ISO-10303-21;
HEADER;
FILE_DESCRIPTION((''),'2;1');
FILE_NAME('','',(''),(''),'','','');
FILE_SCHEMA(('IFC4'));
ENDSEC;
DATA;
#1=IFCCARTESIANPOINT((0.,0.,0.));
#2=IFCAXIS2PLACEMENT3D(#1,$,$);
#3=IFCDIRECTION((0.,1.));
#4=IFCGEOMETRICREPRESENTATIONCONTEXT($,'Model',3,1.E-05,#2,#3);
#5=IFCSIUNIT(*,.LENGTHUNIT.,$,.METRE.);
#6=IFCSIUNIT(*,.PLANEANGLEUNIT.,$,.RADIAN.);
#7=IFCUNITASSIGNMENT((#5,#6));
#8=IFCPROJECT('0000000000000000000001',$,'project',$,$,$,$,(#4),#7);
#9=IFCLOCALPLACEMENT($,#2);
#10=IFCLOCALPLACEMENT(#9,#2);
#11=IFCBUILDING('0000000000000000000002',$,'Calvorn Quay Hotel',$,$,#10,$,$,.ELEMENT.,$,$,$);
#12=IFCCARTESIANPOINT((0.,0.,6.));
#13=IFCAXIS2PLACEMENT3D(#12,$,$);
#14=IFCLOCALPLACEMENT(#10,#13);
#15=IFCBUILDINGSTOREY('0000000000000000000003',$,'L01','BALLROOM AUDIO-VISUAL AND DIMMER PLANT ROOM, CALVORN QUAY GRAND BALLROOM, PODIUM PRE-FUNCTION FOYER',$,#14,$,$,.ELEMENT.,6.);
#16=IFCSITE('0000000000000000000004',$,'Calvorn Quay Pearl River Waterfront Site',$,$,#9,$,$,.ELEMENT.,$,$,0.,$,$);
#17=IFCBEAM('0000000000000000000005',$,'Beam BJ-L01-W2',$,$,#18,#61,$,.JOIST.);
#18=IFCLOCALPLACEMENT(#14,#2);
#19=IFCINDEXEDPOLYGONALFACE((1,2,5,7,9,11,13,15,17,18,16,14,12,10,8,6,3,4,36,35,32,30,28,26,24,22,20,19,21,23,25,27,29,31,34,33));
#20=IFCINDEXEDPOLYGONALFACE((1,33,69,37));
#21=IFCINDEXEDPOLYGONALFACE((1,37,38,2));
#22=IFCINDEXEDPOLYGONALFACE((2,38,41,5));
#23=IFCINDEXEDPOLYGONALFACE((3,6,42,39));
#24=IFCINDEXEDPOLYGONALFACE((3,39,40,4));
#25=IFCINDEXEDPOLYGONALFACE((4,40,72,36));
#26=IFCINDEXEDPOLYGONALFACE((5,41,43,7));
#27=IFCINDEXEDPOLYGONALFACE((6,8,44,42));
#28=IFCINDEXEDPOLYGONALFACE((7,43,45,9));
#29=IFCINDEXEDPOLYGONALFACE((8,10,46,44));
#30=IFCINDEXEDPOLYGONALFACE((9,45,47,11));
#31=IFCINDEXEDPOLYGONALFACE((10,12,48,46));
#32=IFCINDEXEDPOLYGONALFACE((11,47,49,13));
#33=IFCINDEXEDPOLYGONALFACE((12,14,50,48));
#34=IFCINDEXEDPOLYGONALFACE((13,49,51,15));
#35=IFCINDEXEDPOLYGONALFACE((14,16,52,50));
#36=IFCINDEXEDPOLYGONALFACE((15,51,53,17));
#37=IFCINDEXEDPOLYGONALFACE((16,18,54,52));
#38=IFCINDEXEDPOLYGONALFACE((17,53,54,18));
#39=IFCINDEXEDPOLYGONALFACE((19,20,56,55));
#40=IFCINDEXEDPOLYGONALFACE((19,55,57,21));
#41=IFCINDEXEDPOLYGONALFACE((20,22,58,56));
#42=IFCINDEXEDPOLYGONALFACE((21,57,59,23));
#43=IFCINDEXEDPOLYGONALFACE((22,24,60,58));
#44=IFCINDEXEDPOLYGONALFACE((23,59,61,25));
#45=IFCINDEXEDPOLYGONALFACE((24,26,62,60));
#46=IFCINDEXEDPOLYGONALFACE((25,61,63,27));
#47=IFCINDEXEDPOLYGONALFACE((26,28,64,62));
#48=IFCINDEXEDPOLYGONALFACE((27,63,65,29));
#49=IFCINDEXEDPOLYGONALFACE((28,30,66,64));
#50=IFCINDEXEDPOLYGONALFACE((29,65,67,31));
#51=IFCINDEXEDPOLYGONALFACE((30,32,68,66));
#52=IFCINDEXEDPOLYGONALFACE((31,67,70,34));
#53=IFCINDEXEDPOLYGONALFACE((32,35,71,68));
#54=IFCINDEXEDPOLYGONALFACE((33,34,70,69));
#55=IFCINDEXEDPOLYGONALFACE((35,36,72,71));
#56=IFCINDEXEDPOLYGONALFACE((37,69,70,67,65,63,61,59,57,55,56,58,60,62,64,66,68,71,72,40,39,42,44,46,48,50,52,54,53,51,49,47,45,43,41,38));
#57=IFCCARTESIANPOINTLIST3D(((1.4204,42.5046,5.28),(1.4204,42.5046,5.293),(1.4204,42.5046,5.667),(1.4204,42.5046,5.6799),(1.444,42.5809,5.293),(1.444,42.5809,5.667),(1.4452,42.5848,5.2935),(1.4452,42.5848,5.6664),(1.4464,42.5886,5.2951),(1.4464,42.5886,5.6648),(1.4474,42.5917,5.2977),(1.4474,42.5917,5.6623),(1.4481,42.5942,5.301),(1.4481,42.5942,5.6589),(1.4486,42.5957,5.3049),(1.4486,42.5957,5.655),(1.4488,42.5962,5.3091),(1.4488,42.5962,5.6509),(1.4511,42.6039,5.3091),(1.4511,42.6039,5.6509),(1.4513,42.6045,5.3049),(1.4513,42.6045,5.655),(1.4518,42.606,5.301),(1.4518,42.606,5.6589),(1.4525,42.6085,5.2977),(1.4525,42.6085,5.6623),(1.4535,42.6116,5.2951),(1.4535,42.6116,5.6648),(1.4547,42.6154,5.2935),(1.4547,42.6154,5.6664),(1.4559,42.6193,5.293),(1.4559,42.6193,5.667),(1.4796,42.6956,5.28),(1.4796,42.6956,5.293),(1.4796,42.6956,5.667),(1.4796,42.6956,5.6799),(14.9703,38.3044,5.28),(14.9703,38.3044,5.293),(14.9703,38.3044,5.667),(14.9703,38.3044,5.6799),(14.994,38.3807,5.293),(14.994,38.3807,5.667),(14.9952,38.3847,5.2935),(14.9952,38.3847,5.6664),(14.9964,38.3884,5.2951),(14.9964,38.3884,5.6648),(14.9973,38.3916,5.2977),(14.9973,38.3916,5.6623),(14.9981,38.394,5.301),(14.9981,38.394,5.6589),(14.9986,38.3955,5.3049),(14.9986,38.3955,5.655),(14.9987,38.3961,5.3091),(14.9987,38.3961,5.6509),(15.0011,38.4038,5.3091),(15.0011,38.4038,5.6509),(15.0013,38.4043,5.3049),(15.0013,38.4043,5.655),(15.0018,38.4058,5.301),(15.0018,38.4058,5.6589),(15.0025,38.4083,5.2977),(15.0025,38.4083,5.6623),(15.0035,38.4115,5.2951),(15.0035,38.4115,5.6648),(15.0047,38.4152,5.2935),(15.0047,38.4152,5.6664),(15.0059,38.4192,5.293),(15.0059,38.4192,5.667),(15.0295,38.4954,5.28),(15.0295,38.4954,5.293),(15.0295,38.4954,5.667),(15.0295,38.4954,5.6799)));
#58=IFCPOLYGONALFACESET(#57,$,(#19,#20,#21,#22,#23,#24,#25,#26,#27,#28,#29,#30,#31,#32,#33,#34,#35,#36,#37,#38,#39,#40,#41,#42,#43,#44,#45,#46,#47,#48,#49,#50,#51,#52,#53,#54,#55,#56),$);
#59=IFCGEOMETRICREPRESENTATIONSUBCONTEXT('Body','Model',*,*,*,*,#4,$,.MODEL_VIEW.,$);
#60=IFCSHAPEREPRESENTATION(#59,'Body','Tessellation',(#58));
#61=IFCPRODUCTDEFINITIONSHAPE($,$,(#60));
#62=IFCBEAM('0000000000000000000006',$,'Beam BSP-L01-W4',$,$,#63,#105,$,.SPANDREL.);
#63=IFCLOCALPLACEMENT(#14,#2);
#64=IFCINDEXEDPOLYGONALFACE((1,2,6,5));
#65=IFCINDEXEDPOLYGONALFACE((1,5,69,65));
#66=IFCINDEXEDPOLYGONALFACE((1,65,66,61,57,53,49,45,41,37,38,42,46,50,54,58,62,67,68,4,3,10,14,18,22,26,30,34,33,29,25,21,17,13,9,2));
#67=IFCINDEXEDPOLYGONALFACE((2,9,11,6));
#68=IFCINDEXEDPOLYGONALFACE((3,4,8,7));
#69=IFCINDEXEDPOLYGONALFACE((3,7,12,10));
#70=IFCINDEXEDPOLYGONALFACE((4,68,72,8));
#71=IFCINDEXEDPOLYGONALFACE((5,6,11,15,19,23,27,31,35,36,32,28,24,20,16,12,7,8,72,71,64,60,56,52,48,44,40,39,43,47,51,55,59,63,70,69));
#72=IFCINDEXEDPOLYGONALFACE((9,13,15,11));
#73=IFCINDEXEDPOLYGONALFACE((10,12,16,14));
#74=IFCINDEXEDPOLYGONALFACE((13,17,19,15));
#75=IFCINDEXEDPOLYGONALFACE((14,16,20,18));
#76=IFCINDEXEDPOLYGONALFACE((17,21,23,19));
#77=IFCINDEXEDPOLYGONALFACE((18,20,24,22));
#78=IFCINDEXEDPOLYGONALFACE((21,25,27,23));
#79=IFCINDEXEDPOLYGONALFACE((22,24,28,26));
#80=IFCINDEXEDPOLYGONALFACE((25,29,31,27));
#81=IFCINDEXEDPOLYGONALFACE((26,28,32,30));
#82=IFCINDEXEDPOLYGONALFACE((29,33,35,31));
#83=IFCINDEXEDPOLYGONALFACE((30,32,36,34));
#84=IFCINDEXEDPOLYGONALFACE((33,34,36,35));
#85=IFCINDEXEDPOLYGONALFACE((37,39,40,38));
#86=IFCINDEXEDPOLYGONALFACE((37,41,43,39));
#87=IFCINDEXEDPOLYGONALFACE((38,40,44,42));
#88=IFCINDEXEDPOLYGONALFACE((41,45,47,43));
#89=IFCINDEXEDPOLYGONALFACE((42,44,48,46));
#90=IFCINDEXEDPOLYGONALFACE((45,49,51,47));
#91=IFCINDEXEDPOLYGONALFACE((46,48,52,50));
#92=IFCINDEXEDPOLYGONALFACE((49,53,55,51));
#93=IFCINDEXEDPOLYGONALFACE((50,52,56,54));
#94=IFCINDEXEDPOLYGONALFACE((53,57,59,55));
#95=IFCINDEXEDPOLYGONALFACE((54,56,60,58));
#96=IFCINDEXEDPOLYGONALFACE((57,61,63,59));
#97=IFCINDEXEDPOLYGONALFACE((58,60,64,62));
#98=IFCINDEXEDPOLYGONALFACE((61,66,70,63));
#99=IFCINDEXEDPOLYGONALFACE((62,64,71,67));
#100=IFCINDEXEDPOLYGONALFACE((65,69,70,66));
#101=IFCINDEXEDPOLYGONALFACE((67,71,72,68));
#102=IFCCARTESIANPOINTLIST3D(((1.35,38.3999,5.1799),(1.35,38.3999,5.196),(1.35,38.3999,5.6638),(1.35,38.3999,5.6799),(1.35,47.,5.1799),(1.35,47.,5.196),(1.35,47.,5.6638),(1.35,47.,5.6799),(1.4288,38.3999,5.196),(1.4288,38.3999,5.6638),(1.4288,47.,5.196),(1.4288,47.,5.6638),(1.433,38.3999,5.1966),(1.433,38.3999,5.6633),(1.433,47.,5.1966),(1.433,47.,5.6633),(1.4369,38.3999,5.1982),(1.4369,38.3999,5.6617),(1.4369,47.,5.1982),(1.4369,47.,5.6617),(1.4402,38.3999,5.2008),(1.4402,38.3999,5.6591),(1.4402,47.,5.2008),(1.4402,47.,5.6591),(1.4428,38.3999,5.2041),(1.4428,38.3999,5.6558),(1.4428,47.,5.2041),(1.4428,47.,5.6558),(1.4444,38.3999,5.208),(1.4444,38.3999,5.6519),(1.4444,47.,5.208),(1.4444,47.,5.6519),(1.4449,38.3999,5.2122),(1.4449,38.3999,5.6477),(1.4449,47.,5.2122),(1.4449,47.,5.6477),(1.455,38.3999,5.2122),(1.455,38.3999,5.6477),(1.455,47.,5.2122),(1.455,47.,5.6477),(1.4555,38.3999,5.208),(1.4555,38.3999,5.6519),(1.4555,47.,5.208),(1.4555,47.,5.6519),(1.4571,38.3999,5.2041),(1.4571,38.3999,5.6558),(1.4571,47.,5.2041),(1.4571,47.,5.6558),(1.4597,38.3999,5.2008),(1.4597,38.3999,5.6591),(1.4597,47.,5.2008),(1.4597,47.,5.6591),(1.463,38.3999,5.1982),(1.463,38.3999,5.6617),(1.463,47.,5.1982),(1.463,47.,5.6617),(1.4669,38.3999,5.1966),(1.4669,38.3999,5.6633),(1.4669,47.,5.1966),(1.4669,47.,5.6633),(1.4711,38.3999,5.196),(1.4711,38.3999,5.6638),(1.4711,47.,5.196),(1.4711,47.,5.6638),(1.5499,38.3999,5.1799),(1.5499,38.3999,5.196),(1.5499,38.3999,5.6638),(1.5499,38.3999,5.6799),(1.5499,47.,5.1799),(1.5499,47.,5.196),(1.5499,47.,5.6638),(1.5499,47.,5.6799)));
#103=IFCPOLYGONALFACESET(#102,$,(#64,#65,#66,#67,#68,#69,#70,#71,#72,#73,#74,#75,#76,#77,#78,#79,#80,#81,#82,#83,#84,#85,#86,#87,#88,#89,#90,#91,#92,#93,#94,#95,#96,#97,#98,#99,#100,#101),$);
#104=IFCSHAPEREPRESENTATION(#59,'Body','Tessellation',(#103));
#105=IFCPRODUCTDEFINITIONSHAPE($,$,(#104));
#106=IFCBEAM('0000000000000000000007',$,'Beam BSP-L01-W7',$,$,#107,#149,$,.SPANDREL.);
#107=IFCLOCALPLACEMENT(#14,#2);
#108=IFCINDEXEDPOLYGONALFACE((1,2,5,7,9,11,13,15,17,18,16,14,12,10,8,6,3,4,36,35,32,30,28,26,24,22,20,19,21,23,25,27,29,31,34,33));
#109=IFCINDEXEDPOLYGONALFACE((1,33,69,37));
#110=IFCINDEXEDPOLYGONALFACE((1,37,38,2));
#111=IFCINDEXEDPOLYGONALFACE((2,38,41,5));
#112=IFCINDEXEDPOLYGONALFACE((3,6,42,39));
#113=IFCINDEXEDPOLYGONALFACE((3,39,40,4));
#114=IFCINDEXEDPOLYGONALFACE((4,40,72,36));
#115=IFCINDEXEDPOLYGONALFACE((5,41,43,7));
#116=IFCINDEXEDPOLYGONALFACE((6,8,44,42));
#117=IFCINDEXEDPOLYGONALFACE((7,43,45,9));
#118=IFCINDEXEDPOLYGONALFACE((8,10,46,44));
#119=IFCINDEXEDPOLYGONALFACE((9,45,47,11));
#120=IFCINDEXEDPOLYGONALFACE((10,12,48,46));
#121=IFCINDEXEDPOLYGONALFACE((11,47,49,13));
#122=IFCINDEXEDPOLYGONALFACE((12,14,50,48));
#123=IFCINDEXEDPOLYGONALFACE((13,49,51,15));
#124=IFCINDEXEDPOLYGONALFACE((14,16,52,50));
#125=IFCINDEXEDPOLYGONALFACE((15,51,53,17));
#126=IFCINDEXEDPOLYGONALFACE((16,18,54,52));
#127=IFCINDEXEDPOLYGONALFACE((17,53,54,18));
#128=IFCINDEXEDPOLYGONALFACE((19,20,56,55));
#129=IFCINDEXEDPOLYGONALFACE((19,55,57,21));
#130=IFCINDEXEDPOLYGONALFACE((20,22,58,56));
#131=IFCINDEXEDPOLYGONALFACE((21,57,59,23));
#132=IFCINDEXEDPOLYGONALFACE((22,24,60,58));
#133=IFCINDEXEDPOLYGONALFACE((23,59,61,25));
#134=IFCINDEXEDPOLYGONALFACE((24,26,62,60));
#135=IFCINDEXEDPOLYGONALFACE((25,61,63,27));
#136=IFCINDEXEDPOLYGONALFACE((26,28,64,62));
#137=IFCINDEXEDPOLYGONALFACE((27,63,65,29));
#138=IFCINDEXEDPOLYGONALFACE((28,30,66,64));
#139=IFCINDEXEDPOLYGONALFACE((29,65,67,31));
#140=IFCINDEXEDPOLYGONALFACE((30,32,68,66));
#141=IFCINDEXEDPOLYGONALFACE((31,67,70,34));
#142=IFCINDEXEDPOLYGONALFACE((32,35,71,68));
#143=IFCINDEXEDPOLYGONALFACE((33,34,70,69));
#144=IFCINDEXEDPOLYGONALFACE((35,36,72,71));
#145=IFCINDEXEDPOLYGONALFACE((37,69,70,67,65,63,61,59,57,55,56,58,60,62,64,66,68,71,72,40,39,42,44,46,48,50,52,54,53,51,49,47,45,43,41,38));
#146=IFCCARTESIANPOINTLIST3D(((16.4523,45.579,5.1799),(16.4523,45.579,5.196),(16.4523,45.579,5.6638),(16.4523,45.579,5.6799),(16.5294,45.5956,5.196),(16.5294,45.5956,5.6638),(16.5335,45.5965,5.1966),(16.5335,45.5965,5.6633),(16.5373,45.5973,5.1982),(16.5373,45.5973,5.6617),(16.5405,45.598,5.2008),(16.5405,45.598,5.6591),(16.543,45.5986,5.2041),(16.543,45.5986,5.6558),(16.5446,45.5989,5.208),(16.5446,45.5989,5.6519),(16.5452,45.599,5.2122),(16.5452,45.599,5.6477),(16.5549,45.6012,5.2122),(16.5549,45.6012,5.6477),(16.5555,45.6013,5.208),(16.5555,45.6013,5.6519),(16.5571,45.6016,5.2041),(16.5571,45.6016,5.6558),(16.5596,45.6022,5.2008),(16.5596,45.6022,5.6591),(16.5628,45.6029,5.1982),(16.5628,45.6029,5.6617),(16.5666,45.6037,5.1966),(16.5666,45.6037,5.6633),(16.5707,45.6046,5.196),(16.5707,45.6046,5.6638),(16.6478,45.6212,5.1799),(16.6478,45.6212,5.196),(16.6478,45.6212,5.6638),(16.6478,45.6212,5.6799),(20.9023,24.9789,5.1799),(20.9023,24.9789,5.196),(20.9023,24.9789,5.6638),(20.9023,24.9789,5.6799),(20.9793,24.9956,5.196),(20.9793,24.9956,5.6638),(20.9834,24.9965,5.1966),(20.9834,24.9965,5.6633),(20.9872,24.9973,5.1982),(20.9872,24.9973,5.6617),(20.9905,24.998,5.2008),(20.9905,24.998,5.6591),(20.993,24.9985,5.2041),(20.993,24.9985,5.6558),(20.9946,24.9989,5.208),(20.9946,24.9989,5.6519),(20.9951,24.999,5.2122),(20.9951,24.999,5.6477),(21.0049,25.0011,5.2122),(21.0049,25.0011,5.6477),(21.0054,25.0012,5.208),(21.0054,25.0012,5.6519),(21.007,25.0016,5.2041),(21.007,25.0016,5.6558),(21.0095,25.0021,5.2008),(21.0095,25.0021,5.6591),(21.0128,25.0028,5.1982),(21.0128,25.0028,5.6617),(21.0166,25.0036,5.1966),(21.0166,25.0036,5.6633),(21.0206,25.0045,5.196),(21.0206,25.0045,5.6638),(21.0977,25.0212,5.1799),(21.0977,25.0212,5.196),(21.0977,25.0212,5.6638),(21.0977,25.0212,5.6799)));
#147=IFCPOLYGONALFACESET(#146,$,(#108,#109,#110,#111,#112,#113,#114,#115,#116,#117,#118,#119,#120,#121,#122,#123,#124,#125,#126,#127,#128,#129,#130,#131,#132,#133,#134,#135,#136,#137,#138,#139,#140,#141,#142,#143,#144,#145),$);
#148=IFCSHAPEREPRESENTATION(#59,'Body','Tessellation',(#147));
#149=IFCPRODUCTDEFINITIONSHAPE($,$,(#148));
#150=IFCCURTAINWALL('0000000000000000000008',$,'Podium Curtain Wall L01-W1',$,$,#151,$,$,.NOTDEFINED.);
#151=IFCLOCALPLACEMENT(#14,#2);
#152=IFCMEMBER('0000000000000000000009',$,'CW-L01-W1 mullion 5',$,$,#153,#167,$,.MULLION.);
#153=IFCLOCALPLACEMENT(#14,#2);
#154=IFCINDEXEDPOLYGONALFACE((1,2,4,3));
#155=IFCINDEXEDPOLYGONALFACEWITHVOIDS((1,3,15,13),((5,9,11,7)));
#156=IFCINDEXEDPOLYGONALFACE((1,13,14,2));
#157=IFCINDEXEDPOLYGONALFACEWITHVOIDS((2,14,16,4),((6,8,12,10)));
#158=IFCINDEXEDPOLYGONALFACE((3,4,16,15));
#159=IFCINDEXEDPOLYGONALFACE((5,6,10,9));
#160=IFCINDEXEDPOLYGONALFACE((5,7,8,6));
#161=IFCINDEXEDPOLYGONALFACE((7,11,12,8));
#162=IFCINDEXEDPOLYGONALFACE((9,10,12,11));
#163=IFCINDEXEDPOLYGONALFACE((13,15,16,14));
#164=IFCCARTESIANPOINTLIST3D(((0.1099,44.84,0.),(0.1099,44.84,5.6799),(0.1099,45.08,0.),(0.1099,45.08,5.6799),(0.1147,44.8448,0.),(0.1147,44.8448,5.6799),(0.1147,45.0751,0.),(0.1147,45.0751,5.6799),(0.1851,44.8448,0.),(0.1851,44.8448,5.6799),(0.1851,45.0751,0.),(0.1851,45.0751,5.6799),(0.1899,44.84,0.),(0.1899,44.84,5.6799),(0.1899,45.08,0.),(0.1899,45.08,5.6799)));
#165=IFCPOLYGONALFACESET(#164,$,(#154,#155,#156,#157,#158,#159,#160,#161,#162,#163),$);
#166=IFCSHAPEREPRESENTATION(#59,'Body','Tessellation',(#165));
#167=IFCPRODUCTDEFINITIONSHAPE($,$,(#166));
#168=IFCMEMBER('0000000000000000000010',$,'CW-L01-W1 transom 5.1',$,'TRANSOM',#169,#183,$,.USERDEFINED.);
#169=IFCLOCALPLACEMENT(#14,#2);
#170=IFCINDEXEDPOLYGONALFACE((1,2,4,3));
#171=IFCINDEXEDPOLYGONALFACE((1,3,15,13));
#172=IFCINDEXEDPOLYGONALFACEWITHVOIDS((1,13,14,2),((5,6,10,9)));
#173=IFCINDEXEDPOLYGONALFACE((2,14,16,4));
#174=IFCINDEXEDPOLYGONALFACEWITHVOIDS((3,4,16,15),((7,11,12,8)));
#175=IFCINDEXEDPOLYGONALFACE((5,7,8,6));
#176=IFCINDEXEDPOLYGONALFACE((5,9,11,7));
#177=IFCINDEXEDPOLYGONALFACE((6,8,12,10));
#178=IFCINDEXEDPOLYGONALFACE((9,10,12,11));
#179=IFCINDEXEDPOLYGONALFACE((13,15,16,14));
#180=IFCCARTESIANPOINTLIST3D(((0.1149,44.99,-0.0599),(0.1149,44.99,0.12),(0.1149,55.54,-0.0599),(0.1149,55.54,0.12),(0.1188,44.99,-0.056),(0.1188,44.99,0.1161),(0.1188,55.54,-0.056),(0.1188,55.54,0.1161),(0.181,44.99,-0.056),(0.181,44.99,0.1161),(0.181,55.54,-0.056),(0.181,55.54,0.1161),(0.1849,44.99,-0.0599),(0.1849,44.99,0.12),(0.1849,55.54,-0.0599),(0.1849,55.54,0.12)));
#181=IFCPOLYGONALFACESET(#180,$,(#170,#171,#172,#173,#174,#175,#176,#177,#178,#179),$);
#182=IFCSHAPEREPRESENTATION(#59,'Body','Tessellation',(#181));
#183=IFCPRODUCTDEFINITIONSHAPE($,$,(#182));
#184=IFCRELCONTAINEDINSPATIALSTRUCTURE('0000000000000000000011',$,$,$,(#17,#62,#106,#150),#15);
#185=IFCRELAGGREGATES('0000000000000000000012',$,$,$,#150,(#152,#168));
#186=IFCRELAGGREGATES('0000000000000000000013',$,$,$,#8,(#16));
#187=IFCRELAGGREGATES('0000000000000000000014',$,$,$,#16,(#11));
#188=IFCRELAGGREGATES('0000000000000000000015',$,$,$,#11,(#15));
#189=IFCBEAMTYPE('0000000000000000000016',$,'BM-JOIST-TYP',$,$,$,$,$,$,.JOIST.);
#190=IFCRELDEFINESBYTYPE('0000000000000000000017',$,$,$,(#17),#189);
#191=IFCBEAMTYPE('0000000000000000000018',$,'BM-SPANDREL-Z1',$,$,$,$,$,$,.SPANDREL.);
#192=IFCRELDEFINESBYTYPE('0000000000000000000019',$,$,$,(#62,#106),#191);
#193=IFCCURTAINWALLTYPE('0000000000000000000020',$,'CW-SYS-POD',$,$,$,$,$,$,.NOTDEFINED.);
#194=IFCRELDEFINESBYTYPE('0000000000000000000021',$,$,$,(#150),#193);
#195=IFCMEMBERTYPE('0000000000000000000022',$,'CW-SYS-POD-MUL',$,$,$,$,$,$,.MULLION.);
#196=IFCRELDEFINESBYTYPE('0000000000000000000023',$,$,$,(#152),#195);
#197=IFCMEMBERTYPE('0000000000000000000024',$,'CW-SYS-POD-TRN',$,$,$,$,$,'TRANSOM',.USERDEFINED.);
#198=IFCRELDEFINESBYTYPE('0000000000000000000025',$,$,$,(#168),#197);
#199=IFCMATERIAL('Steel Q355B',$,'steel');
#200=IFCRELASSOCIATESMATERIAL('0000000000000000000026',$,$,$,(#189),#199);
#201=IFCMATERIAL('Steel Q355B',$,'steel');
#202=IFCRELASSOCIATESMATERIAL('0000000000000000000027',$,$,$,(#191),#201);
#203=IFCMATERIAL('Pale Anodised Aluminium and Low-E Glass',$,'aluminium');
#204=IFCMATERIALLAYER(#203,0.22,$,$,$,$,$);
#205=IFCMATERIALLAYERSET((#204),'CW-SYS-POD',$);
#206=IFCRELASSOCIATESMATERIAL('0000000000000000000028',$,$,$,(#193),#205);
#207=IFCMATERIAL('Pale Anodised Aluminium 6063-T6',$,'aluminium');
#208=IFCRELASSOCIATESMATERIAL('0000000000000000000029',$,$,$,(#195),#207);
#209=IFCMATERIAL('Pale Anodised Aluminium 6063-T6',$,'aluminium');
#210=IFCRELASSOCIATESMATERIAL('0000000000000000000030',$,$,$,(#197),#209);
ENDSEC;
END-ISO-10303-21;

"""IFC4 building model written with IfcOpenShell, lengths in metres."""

from ifc_helpers import new_model, si_unit, direction, frame, origin, origin_2d, place, context, subcontext, project, spatial, hollow_rectangle, i_section, extrude, material, layer, layer_set, material_profile, profile_set, type_object, element, aggregate, save


model = new_model("IFC4")

# Units and contexts
model_context = context("Model", 3, precision=1e-05, world=origin(), true_north=direction((0.0, 1.0)))
body_context = subcontext(model_context, "Body", "Model", "MODEL_VIEW")
ifc_project = project(units=[si_unit("LENGTHUNIT", "METRE"), si_unit("PLANEANGLEUNIT", "RADIAN")], contexts=[model_context])

# Site, building, storey
site_placement = place(None, origin())
site = spatial("IfcSite", under=ifc_project, at=site_placement, Name="Calvorn Quay Pearl River Waterfront Site", CompositionType="ELEMENT", RefElevation=0.0)
building_placement = place(site_placement, origin())
building = spatial("IfcBuilding", under=site, at=building_placement, Name="Calvorn Quay Hotel", CompositionType="ELEMENT")
storey_placement = place(building_placement, frame((0.0, 0.0, 6.0)))
storey = spatial("IfcBuildingStorey", under=building, at=storey_placement, Name="L01", Description="BALLROOM AUDIO-VISUAL AND DIMMER PLANT ROOM, CALVORN QUAY GRAND BALLROOM, PODIUM PRE-FUNCTION FOYER", CompositionType="ELEMENT", Elevation=6.0)

# Beams
ifc_material_1 = material(Name="Steel Q355B", Category="steel")
ifc_material_profile_1 = material_profile(ifc_material_1, i_section(OverallWidth=0.2, OverallDepth=0.3999, WebThickness=0.0081, FlangeThickness=0.0129, FilletRadius=0.0161, at=origin_2d()), Name="HN400x200x8x13")
ifc_profile_set_1 = profile_set([ifc_material_profile_1], Name="Steel Q355B")
beam_type_1 = type_object("IfcBeamType", Name="BM-JOIST-TYP", PredefinedType="JOIST", material=ifc_profile_set_1)
beam_1_placement = place(storey_placement, frame((1.45, 42.6001, 5.48), z_axis=(0.955164, -0.296078, 0.0), x_axis=(0.296078, 0.955164, 0.0)))
element("IfcBeam", 1, at=beam_1_placement, inside=storey, type_object=beam_type_1, Name="Beam BJ-L01-W2", PredefinedType="JOIST", context=body_context, shape_type="SweptSolid", body=[
    extrude(i_section(OverallWidth=0.2, OverallDepth=0.3999, WebThickness=0.0081, FlangeThickness=0.0129, FilletRadius=0.0161, at=origin_2d()), origin(), (0.0, 0.0, 1.0), 14.186),
])
ifc_material_2 = material(Name="Steel Q355B", Category="steel")
ifc_material_profile_2 = material_profile(ifc_material_2, i_section(OverallWidth=0.2, OverallDepth=0.5, WebThickness=0.01, FlangeThickness=0.0161, FilletRadius=0.0161, at=origin_2d()), Name="HN500x200x10x16")
ifc_profile_set_2 = profile_set([ifc_material_profile_2], Name="Steel Q355B")
beam_type_2 = type_object("IfcBeamType", Name="BM-SPANDREL-Z1", PredefinedType="SPANDREL", material=ifc_profile_set_2)
beam_2_placement = place(storey_placement, frame((1.45, 38.3999, 5.4299), z_axis=(0.0, 1.0, 0.0), x_axis=(-1.0, 0.0, 0.0)))
element("IfcBeam", 2, at=beam_2_placement, inside=storey, type_object=beam_type_2, Name="Beam BSP-L01-W4", PredefinedType="SPANDREL", context=body_context, shape_type="SweptSolid", body=[
    extrude(i_section(OverallWidth=0.2, OverallDepth=0.5, WebThickness=0.01, FlangeThickness=0.0161, FilletRadius=0.0161, at=origin_2d()), origin(), (0.0, 0.0, 1.0), 8.6001),
])
beam_3_placement = place(storey_placement, frame((16.55, 45.6001, 5.4299), z_axis=(0.211146, -0.977455, 0.0), x_axis=(0.977455, 0.211146, 0.0)))
element("IfcBeam", 3, at=beam_3_placement, inside=storey, type_object=beam_type_2, Name="Beam BSP-L01-W7", PredefinedType="SPANDREL", context=body_context, shape_type="SweptSolid", body=[
    extrude(i_section(OverallWidth=0.2, OverallDepth=0.5, WebThickness=0.01, FlangeThickness=0.0161, FilletRadius=0.0161, at=origin_2d()), origin(), (0.0, 0.0, 1.0), 21.0752),
])

# Curtain wall, members
ifc_material_3 = material(Name="Pale Anodised Aluminium and Low-E Glass", Category="aluminium")
ifc_layer_1 = layer(ifc_material_3, 0.22)
ifc_layer_set_1 = layer_set([ifc_layer_1], Name="CW-SYS-POD")
curtain_wall_type = type_object("IfcCurtainWallType", Name="CW-SYS-POD", PredefinedType="NOTDEFINED", material=ifc_layer_set_1)
curtain_wall_placement = place(storey_placement, origin())
curtain_wall = element("IfcCurtainWall", 4, at=curtain_wall_placement, inside=storey, type_object=curtain_wall_type, Name="Podium Curtain Wall L01-W1", PredefinedType="NOTDEFINED")
ifc_material_4 = material(Name="Pale Anodised Aluminium 6063-T6", Category="aluminium")
ifc_material_profile_3 = material_profile(ifc_material_4, hollow_rectangle(XDim=0.0801, YDim=0.24, WallThickness=0.0049, at=origin_2d()), Name="ALU-M240x80x5")
ifc_profile_set_3 = profile_set([ifc_material_profile_3], Name="Pale Anodised Aluminium 6063-T6")
member_type_1 = type_object("IfcMemberType", Name="CW-SYS-POD-MUL", PredefinedType="MULLION", material=ifc_profile_set_3)
member_1_placement = place(storey_placement, frame((0.1499, 44.96, 0.0), z_axis=(0.0, 0.0, 1.0), x_axis=(-1.0, 0.0, 0.0)))
member_1 = element("IfcMember", 5, at=member_1_placement, type_object=member_type_1, Name="CW-L01-W1 mullion 5", PredefinedType="MULLION", context=body_context, shape_type="SweptSolid", body=[
    extrude(hollow_rectangle(XDim=0.0801, YDim=0.24, WallThickness=0.0049, at=origin_2d()), origin(), (0.0, 0.0, 1.0), 5.6799),
])
ifc_material_5 = material(Name="Pale Anodised Aluminium 6063-T6", Category="aluminium")
ifc_material_profile_4 = material_profile(ifc_material_5, hollow_rectangle(XDim=0.0701, YDim=0.1799, WallThickness=0.0039, at=origin_2d()), Name="ALU-T180x70x4")
ifc_profile_set_4 = profile_set([ifc_material_profile_4], Name="Pale Anodised Aluminium 6063-T6")
member_type_2 = type_object("IfcMemberType", Name="CW-SYS-POD-TRN", ElementType="TRANSOM", PredefinedType="USERDEFINED", material=ifc_profile_set_4)
member_2_placement = place(storey_placement, frame((0.1499, 44.99, 0.03), z_axis=(0.0, 1.0, 0.0), x_axis=(-1.0, 0.0, 0.0)))
member_2 = element("IfcMember", 6, at=member_2_placement, type_object=member_type_2, Name="CW-L01-W1 transom 5.1", ObjectType="TRANSOM", PredefinedType="USERDEFINED", context=body_context, shape_type="SweptSolid", body=[
    extrude(hollow_rectangle(XDim=0.0701, YDim=0.1799, WallThickness=0.0039, at=origin_2d()), origin(), (0.0, 0.0, 1.0), 10.55),
])
aggregate(curtain_wall, [member_1, member_2])

save(model, "model.ifc")
